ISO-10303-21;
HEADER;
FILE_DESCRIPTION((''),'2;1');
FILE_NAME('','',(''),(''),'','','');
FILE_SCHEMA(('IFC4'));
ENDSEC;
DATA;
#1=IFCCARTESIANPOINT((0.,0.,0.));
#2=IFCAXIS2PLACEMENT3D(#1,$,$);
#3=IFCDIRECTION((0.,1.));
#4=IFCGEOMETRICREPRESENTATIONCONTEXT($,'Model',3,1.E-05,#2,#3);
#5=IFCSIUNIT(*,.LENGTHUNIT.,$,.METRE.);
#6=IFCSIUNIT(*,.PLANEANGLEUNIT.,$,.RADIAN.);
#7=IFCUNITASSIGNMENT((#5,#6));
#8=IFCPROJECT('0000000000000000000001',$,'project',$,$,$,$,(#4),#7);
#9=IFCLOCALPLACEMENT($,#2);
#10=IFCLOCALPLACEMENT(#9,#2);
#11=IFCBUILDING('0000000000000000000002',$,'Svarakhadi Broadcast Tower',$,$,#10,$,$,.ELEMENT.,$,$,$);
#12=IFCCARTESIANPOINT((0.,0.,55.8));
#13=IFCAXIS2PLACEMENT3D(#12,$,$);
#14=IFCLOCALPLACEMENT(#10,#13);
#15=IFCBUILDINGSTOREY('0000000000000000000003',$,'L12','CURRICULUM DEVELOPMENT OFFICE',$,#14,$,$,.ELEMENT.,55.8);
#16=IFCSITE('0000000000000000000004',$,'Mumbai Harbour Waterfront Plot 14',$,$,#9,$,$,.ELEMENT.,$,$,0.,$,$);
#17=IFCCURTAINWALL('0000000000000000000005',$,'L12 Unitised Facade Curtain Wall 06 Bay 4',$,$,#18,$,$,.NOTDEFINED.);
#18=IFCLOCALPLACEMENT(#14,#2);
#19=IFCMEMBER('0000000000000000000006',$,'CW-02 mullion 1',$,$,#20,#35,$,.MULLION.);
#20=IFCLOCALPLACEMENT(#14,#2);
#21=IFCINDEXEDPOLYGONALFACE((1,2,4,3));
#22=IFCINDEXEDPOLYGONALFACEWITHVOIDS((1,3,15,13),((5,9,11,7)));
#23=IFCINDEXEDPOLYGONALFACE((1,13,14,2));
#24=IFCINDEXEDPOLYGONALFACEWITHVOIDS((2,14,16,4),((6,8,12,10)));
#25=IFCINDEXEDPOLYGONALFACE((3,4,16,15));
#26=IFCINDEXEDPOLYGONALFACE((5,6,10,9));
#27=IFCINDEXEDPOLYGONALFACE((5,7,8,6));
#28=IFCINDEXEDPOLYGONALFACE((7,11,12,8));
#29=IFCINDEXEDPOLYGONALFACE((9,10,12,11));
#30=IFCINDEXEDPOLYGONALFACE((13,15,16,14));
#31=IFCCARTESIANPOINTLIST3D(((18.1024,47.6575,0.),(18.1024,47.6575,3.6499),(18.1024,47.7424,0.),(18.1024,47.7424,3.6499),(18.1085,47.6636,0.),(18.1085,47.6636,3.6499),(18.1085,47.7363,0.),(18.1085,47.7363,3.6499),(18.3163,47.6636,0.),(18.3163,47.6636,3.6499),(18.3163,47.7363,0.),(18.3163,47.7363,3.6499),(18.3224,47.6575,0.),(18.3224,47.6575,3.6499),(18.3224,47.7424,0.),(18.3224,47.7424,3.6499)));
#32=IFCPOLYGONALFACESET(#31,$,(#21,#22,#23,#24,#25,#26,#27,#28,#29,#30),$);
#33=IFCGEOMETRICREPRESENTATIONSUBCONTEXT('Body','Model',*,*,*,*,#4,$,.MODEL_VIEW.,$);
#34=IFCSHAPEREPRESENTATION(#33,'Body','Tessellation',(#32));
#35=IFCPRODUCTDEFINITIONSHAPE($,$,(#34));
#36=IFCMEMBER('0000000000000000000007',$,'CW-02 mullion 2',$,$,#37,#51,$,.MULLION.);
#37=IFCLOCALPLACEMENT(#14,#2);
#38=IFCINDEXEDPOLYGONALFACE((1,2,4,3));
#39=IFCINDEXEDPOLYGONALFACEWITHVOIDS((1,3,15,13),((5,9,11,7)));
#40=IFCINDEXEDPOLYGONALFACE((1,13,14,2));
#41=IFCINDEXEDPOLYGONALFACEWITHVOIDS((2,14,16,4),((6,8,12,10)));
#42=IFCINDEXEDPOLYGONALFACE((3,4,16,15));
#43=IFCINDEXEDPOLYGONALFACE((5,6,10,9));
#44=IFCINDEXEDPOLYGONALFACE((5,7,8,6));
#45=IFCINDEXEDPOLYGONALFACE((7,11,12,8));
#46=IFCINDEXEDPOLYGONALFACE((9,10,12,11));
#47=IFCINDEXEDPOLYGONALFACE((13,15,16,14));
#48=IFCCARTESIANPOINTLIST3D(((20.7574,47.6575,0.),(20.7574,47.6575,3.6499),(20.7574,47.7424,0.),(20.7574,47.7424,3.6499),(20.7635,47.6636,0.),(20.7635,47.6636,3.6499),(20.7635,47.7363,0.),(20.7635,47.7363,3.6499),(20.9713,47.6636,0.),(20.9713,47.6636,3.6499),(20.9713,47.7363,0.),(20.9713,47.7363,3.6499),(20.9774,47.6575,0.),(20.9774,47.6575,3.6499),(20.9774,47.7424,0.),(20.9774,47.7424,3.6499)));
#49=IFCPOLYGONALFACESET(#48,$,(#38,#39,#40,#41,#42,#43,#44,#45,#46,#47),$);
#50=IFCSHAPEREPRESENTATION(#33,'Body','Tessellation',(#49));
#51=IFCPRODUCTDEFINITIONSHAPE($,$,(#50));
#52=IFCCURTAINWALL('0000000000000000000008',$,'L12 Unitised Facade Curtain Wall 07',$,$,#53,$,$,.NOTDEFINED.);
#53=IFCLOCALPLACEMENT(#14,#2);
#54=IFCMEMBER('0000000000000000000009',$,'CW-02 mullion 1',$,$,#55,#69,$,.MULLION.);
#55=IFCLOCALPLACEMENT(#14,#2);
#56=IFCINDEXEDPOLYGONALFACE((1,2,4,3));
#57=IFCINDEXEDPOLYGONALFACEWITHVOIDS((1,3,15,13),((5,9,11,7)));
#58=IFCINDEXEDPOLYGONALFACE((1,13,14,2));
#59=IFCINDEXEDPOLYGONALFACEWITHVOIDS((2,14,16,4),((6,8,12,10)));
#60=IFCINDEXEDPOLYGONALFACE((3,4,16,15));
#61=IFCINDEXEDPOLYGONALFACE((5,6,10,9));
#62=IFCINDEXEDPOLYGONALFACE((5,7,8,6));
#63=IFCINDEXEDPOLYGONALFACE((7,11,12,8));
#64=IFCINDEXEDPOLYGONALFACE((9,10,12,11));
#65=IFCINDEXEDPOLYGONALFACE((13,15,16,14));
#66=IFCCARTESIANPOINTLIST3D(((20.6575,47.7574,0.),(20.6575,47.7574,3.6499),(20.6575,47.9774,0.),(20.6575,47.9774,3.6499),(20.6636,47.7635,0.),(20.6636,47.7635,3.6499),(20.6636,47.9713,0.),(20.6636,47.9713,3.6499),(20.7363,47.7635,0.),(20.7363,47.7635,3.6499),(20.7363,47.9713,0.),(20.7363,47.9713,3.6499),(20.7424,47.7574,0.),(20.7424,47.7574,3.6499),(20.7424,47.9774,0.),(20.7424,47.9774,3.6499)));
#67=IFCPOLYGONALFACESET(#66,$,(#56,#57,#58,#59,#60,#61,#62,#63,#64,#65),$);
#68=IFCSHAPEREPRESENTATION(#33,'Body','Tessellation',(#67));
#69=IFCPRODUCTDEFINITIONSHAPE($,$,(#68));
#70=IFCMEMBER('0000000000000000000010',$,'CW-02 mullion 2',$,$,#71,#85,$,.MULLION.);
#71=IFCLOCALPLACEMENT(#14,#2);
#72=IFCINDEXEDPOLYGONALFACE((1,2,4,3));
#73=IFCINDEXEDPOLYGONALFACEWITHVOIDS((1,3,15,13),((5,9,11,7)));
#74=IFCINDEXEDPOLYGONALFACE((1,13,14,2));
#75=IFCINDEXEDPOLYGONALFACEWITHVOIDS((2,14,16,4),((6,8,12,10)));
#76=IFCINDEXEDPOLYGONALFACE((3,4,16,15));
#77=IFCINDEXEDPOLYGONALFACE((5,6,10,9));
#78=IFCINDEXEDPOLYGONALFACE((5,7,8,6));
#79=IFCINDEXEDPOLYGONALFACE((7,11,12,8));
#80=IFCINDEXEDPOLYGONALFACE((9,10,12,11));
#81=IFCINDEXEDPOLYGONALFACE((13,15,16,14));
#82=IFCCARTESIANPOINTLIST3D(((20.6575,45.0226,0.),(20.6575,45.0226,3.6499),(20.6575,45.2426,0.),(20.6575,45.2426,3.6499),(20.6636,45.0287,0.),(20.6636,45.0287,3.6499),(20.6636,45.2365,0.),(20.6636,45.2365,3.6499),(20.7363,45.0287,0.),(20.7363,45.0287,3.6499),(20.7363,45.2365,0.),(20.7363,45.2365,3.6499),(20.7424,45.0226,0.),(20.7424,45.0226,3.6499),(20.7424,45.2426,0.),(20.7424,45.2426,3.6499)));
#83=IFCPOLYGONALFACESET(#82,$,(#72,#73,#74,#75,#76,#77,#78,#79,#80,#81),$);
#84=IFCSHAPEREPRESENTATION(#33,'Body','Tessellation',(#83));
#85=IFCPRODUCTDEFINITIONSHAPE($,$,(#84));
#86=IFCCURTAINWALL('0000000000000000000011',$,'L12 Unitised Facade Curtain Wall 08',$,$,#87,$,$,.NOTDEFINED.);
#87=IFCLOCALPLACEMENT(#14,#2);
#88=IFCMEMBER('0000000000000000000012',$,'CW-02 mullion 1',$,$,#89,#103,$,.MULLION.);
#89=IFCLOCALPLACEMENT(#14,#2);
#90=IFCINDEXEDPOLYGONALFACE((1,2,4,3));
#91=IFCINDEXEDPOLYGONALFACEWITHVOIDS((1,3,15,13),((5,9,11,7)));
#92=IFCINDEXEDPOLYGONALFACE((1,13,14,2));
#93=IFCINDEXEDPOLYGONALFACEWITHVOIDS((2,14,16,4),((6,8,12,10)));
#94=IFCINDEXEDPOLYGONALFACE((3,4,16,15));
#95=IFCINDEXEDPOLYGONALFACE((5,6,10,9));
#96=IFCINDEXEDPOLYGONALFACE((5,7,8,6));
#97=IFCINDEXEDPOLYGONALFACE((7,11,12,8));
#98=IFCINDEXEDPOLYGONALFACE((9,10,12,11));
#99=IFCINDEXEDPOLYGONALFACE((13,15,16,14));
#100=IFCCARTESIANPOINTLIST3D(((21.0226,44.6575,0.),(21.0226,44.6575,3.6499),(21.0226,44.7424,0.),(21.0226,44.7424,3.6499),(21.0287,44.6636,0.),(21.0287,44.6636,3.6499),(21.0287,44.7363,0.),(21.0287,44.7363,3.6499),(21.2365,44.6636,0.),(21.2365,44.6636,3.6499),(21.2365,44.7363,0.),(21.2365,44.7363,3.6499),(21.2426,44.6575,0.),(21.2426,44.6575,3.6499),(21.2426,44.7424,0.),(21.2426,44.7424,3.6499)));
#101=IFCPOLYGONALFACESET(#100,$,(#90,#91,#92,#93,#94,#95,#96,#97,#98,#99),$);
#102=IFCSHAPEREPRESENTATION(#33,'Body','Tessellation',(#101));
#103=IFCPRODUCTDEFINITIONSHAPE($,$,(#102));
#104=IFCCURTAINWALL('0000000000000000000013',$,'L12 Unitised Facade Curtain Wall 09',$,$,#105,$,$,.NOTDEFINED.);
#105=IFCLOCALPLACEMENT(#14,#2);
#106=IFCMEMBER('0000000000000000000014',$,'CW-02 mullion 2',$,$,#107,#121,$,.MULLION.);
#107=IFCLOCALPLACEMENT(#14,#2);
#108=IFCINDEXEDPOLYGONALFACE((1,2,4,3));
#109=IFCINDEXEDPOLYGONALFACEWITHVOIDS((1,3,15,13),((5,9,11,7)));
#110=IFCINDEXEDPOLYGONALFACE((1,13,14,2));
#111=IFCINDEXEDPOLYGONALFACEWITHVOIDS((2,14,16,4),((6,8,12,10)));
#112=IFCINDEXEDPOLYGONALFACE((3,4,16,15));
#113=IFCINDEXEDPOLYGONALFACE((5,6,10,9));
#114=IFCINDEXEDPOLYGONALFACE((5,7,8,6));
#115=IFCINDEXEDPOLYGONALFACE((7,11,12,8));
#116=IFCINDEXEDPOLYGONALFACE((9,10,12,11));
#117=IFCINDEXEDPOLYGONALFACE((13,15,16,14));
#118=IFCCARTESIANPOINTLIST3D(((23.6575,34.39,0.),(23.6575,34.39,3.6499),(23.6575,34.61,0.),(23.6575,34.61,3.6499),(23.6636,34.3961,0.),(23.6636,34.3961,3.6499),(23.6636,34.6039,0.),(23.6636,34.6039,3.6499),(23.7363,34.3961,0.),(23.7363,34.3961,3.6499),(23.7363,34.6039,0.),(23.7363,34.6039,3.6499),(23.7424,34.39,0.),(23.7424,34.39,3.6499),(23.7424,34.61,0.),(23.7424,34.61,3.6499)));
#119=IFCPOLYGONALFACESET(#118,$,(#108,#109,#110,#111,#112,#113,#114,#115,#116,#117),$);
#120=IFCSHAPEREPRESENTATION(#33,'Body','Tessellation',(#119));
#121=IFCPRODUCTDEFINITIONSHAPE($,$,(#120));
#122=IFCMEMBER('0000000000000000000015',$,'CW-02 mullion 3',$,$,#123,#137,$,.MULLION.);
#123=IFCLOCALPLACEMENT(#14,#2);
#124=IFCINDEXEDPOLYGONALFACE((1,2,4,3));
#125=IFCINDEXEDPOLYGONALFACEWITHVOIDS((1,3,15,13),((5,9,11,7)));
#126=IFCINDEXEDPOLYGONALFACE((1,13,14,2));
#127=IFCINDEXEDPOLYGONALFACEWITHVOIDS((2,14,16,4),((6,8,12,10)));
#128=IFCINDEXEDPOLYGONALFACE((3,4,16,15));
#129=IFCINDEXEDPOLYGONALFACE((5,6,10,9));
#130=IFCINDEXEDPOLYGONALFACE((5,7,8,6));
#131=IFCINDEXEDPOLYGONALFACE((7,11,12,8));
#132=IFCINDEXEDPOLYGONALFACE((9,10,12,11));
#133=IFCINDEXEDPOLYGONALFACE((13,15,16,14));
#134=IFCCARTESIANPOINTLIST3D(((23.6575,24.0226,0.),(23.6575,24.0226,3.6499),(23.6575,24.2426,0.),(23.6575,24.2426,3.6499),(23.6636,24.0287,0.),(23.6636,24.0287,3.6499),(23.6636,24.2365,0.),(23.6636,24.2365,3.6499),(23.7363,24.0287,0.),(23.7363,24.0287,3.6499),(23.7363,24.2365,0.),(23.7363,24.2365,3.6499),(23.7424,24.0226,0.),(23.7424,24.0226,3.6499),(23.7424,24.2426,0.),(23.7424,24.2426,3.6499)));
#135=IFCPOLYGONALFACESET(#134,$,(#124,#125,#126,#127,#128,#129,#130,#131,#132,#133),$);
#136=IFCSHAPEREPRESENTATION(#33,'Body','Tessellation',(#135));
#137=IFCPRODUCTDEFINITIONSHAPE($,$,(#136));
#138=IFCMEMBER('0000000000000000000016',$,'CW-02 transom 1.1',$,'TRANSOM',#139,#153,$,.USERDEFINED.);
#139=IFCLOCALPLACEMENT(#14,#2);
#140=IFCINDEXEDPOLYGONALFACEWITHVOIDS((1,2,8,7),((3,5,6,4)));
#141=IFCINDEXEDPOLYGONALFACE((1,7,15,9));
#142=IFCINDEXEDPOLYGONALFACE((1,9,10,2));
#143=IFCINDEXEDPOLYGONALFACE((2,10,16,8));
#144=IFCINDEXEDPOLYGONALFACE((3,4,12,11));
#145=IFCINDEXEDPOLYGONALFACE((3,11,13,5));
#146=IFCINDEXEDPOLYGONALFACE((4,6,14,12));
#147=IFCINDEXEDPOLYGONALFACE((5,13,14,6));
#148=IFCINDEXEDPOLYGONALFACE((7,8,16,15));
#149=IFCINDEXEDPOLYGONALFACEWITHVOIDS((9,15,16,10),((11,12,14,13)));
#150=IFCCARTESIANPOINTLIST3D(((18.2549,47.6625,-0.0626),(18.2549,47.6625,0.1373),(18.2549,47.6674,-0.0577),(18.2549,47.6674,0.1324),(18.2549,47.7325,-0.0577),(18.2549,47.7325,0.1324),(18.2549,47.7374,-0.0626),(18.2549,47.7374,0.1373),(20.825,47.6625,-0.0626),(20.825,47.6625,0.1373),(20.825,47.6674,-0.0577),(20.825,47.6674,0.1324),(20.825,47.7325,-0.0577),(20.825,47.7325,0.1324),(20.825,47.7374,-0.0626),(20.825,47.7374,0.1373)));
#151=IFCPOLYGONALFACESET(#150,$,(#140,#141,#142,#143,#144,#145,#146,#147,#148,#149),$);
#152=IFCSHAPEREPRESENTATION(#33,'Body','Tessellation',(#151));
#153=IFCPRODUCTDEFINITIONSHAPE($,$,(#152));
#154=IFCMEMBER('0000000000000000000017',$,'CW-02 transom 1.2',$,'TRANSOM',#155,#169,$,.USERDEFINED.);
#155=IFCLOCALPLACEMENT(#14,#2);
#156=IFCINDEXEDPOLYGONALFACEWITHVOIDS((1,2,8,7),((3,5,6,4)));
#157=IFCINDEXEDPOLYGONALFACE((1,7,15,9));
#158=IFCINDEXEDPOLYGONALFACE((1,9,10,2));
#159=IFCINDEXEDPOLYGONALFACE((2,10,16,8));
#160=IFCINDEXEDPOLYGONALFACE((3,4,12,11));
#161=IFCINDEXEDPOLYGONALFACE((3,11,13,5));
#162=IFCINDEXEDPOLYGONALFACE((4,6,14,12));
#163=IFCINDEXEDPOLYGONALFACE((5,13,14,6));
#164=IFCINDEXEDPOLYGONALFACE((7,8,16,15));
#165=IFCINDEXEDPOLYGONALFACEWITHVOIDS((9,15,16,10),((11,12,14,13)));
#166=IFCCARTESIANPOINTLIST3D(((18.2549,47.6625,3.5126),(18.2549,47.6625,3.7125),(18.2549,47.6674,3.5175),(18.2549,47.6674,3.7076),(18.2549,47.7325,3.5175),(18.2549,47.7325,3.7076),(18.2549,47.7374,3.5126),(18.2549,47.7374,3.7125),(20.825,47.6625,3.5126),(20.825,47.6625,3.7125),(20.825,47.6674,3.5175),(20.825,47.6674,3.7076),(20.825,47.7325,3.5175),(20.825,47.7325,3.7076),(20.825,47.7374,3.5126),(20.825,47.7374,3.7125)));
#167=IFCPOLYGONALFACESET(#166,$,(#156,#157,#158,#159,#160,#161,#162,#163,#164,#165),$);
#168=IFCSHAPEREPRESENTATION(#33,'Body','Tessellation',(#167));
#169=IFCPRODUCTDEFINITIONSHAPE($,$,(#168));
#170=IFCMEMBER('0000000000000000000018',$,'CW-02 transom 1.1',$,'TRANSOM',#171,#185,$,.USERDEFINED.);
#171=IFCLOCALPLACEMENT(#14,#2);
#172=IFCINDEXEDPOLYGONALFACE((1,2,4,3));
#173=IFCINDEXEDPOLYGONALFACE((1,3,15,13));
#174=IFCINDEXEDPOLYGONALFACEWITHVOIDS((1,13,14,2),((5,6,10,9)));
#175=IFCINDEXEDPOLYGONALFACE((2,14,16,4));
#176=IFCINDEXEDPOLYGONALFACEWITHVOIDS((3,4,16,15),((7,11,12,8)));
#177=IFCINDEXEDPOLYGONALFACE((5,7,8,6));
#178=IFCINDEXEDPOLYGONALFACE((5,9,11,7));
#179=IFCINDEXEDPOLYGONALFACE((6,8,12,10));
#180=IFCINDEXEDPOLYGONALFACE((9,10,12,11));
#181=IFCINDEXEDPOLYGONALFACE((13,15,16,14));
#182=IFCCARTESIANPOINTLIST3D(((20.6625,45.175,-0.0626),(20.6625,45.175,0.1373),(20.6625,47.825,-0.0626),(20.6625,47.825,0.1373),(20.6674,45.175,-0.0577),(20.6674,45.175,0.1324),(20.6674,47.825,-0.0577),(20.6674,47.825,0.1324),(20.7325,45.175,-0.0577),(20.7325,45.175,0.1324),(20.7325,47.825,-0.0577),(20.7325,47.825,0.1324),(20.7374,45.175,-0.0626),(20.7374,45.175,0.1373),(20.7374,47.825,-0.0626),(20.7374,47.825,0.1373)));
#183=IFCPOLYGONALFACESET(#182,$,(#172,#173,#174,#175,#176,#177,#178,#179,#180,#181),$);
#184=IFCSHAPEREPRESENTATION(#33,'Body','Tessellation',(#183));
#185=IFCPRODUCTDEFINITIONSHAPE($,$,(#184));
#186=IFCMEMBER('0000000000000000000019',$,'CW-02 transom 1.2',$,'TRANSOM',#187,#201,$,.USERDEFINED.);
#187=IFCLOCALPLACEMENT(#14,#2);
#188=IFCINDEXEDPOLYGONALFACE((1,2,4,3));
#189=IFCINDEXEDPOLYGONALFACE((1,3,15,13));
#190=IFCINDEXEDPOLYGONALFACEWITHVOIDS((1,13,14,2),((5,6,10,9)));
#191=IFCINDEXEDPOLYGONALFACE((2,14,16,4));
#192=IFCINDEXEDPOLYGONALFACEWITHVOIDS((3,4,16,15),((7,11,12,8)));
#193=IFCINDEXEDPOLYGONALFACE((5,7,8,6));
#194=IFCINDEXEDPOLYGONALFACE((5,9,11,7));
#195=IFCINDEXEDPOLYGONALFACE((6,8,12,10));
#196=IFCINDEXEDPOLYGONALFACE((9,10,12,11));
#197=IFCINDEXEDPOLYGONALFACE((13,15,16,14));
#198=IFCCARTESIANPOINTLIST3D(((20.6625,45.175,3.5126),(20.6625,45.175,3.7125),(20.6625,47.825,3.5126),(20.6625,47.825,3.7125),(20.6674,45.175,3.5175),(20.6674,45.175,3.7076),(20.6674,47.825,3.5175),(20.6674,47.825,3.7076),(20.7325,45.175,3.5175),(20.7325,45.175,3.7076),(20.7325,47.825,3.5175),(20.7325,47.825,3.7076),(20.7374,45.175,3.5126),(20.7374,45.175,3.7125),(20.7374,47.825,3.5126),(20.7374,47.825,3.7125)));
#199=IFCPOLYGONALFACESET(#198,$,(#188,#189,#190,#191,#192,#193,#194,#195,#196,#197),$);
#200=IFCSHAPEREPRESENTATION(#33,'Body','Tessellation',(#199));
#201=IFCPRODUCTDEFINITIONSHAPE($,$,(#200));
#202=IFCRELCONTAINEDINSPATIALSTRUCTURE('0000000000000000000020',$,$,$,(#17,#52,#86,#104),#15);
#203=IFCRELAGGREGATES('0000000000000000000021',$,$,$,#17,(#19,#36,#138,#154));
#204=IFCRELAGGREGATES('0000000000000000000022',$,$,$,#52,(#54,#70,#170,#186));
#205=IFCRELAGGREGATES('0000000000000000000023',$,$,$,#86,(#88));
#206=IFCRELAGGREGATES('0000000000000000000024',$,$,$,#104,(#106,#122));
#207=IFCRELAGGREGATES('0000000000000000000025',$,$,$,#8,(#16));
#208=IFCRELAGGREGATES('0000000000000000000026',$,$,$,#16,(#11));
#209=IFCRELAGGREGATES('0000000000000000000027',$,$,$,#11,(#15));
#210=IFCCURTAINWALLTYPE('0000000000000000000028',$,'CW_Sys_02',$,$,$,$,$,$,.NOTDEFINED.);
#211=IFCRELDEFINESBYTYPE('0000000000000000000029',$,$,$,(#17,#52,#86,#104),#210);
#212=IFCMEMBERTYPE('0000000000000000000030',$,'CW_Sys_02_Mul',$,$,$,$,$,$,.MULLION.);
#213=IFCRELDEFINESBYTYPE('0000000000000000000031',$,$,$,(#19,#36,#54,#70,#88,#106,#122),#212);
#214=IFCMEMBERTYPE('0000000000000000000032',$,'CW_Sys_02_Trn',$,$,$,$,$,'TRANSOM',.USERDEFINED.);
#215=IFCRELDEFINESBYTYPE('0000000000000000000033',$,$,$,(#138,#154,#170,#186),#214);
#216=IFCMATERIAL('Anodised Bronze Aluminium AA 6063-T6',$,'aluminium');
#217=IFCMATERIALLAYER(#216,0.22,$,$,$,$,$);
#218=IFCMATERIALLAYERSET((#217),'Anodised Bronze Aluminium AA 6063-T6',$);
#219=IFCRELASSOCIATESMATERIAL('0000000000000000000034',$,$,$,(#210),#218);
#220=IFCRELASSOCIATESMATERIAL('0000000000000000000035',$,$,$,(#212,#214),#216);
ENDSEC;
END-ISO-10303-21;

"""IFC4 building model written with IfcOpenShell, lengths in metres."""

from ifc_helpers import new_model, si_unit, direction, frame, origin, origin_2d, place, context, subcontext, project, spatial, hollow_rectangle, extrude, material, layer, layer_set, material_profile, profile_set, type_object, element, aggregate, save


model = new_model("IFC4")

# Units and contexts
model_context = context("Model", 3, precision=1e-05, world=origin(), true_north=direction((0.0, 1.0)))
body_context = subcontext(model_context, "Body", "Model", "MODEL_VIEW")
ifc_project = project(units=[si_unit("LENGTHUNIT", "METRE"), si_unit("PLANEANGLEUNIT", "RADIAN")], contexts=[model_context])

# Site, building, storey
site_placement = place(None, origin())
site = spatial("IfcSite", under=ifc_project, at=site_placement, Name="Mumbai Harbour Waterfront Plot 14", CompositionType="ELEMENT", RefElevation=0.0)
building_placement = place(site_placement, origin())
building = spatial("IfcBuilding", under=site, at=building_placement, Name="Svarakhadi Broadcast Tower", CompositionType="ELEMENT")
storey_placement = place(building_placement, frame((0.0, 0.0, 55.8)))
storey = spatial("IfcBuildingStorey", under=building, at=storey_placement, Name="L12", Description="CURRICULUM DEVELOPMENT OFFICE", CompositionType="ELEMENT", Elevation=55.8)

# Curtain walls, members
ifc_material_1 = material(Name="Anodised Bronze Aluminium AA 6063-T6", Category="aluminium")
ifc_layer_1 = layer(ifc_material_1, 0.22)
ifc_layer_set_1 = layer_set([ifc_layer_1], Name="Anodised Bronze Aluminium AA 6063-T6")
curtain_wall_type = type_object("IfcCurtainWallType", Name="CW_Sys_02", PredefinedType="NOTDEFINED", material=ifc_layer_set_1)
curtain_wall_1_placement = place(storey_placement, origin())
curtain_wall_1 = element("IfcCurtainWall", 1, at=curtain_wall_1_placement, inside=storey, type_object=curtain_wall_type, Name="L12 Unitised Facade Curtain Wall 06 Bay 4", PredefinedType="NOTDEFINED")
ifc_material_profile_1 = material_profile(ifc_material_1, hollow_rectangle(XDim=0.085, YDim=0.22, WallThickness=0.0061, at=origin_2d()), Name="ALU MULLION 220x85x6")
ifc_profile_set_1 = profile_set([ifc_material_profile_1], Name="Anodised Bronze Aluminium AA 6063-T6")
member_type_1 = type_object("IfcMemberType", Name="CW_Sys_02_Mul", PredefinedType="MULLION", material=ifc_profile_set_1)
member_1_placement = place(storey_placement, frame((18.2124, 47.7, 0.0), z_axis=(0.0, 0.0, 1.0), x_axis=(0.0, 1.0, 0.0)))
member_1 = element("IfcMember", 2, at=member_1_placement, type_object=member_type_1, Name="CW-02 mullion 1", PredefinedType="MULLION", context=body_context, shape_type="SweptSolid", body=[
    extrude(hollow_rectangle(XDim=0.085, YDim=0.22, WallThickness=0.0061, at=origin_2d()), origin(), (0.0, 0.0, 1.0), 3.6499),
])
member_2_placement = place(storey_placement, frame((20.8674, 47.7, 0.0), z_axis=(0.0, 0.0, 1.0), x_axis=(0.0, 1.0, 0.0)))
member_2 = element("IfcMember", 3, at=member_2_placement, type_object=member_type_1, Name="CW-02 mullion 2", PredefinedType="MULLION", context=body_context, shape_type="SweptSolid", body=[
    extrude(hollow_rectangle(XDim=0.085, YDim=0.22, WallThickness=0.0061, at=origin_2d()), origin(), (0.0, 0.0, 1.0), 3.6499),
])
curtain_wall_2_placement = place(storey_placement, origin())
curtain_wall_2 = element("IfcCurtainWall", 4, at=curtain_wall_2_placement, inside=storey, type_object=curtain_wall_type, Name="L12 Unitised Facade Curtain Wall 07", PredefinedType="NOTDEFINED")
member_3_placement = place(storey_placement, frame((20.7, 47.8674, 0.0), z_axis=(0.0, 0.0, 1.0), x_axis=(1.0, 0.0, 0.0)))
member_3 = element("IfcMember", 5, at=member_3_placement, type_object=member_type_1, Name="CW-02 mullion 1", PredefinedType="MULLION", context=body_context, shape_type="SweptSolid", body=[
    extrude(hollow_rectangle(XDim=0.085, YDim=0.22, WallThickness=0.0061, at=origin_2d()), origin(), (0.0, 0.0, 1.0), 3.6499),
])
member_4_placement = place(storey_placement, frame((20.7, 45.1326, 0.0), z_axis=(0.0, 0.0, 1.0), x_axis=(1.0, 0.0, 0.0)))
member_4 = element("IfcMember", 6, at=member_4_placement, type_object=member_type_1, Name="CW-02 mullion 2", PredefinedType="MULLION", context=body_context, shape_type="SweptSolid", body=[
    extrude(hollow_rectangle(XDim=0.085, YDim=0.22, WallThickness=0.0061, at=origin_2d()), origin(), (0.0, 0.0, 1.0), 3.6499),
])

# Curtain wall, member
curtain_wall_3_placement = place(storey_placement, origin())
curtain_wall_3 = element("IfcCurtainWall", 7, at=curtain_wall_3_placement, inside=storey, type_object=curtain_wall_type, Name="L12 Unitised Facade Curtain Wall 08", PredefinedType="NOTDEFINED")
member_5_placement = place(storey_placement, frame((21.1326, 44.7, 0.0), z_axis=(0.0, 0.0, 1.0), x_axis=(0.0, 1.0, 0.0)))
member_5 = element("IfcMember", 8, at=member_5_placement, type_object=member_type_1, Name="CW-02 mullion 1", PredefinedType="MULLION", context=body_context, shape_type="SweptSolid", body=[
    extrude(hollow_rectangle(XDim=0.085, YDim=0.22, WallThickness=0.0061, at=origin_2d()), origin(), (0.0, 0.0, 1.0), 3.6499),
])

# Curtain wall, members
curtain_wall_4_placement = place(storey_placement, origin())
curtain_wall_4 = element("IfcCurtainWall", 9, at=curtain_wall_4_placement, inside=storey, type_object=curtain_wall_type, Name="L12 Unitised Facade Curtain Wall 09", PredefinedType="NOTDEFINED")
member_6_placement = place(storey_placement, frame((23.7, 34.5, 0.0), z_axis=(0.0, 0.0, 1.0), x_axis=(1.0, 0.0, 0.0)))
member_6 = element("IfcMember", 10, at=member_6_placement, type_object=member_type_1, Name="CW-02 mullion 2", PredefinedType="MULLION", context=body_context, shape_type="SweptSolid", body=[
    extrude(hollow_rectangle(XDim=0.085, YDim=0.22, WallThickness=0.0061, at=origin_2d()), origin(), (0.0, 0.0, 1.0), 3.6499),
])
member_7_placement = place(storey_placement, frame((23.7, 24.1326, 0.0), z_axis=(0.0, 0.0, 1.0), x_axis=(1.0, 0.0, 0.0)))
member_7 = element("IfcMember", 11, at=member_7_placement, type_object=member_type_1, Name="CW-02 mullion 3", PredefinedType="MULLION", context=body_context, shape_type="SweptSolid", body=[
    extrude(hollow_rectangle(XDim=0.085, YDim=0.22, WallThickness=0.0061, at=origin_2d()), origin(), (0.0, 0.0, 1.0), 3.6499),
])

# Members
ifc_material_profile_2 = material_profile(ifc_material_1, hollow_rectangle(XDim=0.075, YDim=0.2, WallThickness=0.0049, at=origin_2d()), Name="ALU TRANSOM 200x75x5")
ifc_profile_set_2 = profile_set([ifc_material_profile_2], Name="Anodised Bronze Aluminium AA 6063-T6")
member_type_2 = type_object("IfcMemberType", Name="CW_Sys_02_Trn", ElementType="TRANSOM", PredefinedType="USERDEFINED", material=ifc_profile_set_2)
member_8_placement = place(storey_placement, frame((18.2549, 47.7, 0.0374), z_axis=(1.0, 0.0, 0.0), x_axis=(0.0, 1.0, 0.0)))
member_8 = element("IfcMember", 12, at=member_8_placement, type_object=member_type_2, Name="CW-02 transom 1.1", ObjectType="TRANSOM", PredefinedType="USERDEFINED", context=body_context, shape_type="SweptSolid", body=[
    extrude(hollow_rectangle(XDim=0.075, YDim=0.2, WallThickness=0.0049, at=origin_2d()), origin(), (0.0, 0.0, 1.0), 2.5701),
])
member_9_placement = place(storey_placement, frame((18.2549, 47.7, 3.6125), z_axis=(1.0, 0.0, 0.0), x_axis=(0.0, 1.0, 0.0)))
member_9 = element("IfcMember", 13, at=member_9_placement, type_object=member_type_2, Name="CW-02 transom 1.2", ObjectType="TRANSOM", PredefinedType="USERDEFINED", context=body_context, shape_type="SweptSolid", body=[
    extrude(hollow_rectangle(XDim=0.075, YDim=0.2, WallThickness=0.0049, at=origin_2d()), origin(), (0.0, 0.0, 1.0), 2.5701),
])
member_10_placement = place(storey_placement, frame((20.7, 47.825, 0.0374), z_axis=(0.0, -1.0, 0.0), x_axis=(1.0, 0.0, 0.0)))
member_10 = element("IfcMember", 14, at=member_10_placement, type_object=member_type_2, Name="CW-02 transom 1.1", ObjectType="TRANSOM", PredefinedType="USERDEFINED", context=body_context, shape_type="SweptSolid", body=[
    extrude(hollow_rectangle(XDim=0.075, YDim=0.2, WallThickness=0.0049, at=origin_2d()), origin(), (0.0, 0.0, 1.0), 2.6499),
])
member_11_placement = place(storey_placement, frame((20.7, 47.825, 3.6125), z_axis=(0.0, -1.0, 0.0), x_axis=(1.0, 0.0, 0.0)))
member_11 = element("IfcMember", 15, at=member_11_placement, type_object=member_type_2, Name="CW-02 transom 1.2", ObjectType="TRANSOM", PredefinedType="USERDEFINED", context=body_context, shape_type="SweptSolid", body=[
    extrude(hollow_rectangle(XDim=0.075, YDim=0.2, WallThickness=0.0049, at=origin_2d()), origin(), (0.0, 0.0, 1.0), 2.6499),
])

aggregate(curtain_wall_1, [member_1, member_2, member_8, member_9])
aggregate(curtain_wall_2, [member_3, member_4, member_10, member_11])
aggregate(curtain_wall_3, [member_5])
aggregate(curtain_wall_4, [member_6, member_7])

save(model, "model.ifc")
